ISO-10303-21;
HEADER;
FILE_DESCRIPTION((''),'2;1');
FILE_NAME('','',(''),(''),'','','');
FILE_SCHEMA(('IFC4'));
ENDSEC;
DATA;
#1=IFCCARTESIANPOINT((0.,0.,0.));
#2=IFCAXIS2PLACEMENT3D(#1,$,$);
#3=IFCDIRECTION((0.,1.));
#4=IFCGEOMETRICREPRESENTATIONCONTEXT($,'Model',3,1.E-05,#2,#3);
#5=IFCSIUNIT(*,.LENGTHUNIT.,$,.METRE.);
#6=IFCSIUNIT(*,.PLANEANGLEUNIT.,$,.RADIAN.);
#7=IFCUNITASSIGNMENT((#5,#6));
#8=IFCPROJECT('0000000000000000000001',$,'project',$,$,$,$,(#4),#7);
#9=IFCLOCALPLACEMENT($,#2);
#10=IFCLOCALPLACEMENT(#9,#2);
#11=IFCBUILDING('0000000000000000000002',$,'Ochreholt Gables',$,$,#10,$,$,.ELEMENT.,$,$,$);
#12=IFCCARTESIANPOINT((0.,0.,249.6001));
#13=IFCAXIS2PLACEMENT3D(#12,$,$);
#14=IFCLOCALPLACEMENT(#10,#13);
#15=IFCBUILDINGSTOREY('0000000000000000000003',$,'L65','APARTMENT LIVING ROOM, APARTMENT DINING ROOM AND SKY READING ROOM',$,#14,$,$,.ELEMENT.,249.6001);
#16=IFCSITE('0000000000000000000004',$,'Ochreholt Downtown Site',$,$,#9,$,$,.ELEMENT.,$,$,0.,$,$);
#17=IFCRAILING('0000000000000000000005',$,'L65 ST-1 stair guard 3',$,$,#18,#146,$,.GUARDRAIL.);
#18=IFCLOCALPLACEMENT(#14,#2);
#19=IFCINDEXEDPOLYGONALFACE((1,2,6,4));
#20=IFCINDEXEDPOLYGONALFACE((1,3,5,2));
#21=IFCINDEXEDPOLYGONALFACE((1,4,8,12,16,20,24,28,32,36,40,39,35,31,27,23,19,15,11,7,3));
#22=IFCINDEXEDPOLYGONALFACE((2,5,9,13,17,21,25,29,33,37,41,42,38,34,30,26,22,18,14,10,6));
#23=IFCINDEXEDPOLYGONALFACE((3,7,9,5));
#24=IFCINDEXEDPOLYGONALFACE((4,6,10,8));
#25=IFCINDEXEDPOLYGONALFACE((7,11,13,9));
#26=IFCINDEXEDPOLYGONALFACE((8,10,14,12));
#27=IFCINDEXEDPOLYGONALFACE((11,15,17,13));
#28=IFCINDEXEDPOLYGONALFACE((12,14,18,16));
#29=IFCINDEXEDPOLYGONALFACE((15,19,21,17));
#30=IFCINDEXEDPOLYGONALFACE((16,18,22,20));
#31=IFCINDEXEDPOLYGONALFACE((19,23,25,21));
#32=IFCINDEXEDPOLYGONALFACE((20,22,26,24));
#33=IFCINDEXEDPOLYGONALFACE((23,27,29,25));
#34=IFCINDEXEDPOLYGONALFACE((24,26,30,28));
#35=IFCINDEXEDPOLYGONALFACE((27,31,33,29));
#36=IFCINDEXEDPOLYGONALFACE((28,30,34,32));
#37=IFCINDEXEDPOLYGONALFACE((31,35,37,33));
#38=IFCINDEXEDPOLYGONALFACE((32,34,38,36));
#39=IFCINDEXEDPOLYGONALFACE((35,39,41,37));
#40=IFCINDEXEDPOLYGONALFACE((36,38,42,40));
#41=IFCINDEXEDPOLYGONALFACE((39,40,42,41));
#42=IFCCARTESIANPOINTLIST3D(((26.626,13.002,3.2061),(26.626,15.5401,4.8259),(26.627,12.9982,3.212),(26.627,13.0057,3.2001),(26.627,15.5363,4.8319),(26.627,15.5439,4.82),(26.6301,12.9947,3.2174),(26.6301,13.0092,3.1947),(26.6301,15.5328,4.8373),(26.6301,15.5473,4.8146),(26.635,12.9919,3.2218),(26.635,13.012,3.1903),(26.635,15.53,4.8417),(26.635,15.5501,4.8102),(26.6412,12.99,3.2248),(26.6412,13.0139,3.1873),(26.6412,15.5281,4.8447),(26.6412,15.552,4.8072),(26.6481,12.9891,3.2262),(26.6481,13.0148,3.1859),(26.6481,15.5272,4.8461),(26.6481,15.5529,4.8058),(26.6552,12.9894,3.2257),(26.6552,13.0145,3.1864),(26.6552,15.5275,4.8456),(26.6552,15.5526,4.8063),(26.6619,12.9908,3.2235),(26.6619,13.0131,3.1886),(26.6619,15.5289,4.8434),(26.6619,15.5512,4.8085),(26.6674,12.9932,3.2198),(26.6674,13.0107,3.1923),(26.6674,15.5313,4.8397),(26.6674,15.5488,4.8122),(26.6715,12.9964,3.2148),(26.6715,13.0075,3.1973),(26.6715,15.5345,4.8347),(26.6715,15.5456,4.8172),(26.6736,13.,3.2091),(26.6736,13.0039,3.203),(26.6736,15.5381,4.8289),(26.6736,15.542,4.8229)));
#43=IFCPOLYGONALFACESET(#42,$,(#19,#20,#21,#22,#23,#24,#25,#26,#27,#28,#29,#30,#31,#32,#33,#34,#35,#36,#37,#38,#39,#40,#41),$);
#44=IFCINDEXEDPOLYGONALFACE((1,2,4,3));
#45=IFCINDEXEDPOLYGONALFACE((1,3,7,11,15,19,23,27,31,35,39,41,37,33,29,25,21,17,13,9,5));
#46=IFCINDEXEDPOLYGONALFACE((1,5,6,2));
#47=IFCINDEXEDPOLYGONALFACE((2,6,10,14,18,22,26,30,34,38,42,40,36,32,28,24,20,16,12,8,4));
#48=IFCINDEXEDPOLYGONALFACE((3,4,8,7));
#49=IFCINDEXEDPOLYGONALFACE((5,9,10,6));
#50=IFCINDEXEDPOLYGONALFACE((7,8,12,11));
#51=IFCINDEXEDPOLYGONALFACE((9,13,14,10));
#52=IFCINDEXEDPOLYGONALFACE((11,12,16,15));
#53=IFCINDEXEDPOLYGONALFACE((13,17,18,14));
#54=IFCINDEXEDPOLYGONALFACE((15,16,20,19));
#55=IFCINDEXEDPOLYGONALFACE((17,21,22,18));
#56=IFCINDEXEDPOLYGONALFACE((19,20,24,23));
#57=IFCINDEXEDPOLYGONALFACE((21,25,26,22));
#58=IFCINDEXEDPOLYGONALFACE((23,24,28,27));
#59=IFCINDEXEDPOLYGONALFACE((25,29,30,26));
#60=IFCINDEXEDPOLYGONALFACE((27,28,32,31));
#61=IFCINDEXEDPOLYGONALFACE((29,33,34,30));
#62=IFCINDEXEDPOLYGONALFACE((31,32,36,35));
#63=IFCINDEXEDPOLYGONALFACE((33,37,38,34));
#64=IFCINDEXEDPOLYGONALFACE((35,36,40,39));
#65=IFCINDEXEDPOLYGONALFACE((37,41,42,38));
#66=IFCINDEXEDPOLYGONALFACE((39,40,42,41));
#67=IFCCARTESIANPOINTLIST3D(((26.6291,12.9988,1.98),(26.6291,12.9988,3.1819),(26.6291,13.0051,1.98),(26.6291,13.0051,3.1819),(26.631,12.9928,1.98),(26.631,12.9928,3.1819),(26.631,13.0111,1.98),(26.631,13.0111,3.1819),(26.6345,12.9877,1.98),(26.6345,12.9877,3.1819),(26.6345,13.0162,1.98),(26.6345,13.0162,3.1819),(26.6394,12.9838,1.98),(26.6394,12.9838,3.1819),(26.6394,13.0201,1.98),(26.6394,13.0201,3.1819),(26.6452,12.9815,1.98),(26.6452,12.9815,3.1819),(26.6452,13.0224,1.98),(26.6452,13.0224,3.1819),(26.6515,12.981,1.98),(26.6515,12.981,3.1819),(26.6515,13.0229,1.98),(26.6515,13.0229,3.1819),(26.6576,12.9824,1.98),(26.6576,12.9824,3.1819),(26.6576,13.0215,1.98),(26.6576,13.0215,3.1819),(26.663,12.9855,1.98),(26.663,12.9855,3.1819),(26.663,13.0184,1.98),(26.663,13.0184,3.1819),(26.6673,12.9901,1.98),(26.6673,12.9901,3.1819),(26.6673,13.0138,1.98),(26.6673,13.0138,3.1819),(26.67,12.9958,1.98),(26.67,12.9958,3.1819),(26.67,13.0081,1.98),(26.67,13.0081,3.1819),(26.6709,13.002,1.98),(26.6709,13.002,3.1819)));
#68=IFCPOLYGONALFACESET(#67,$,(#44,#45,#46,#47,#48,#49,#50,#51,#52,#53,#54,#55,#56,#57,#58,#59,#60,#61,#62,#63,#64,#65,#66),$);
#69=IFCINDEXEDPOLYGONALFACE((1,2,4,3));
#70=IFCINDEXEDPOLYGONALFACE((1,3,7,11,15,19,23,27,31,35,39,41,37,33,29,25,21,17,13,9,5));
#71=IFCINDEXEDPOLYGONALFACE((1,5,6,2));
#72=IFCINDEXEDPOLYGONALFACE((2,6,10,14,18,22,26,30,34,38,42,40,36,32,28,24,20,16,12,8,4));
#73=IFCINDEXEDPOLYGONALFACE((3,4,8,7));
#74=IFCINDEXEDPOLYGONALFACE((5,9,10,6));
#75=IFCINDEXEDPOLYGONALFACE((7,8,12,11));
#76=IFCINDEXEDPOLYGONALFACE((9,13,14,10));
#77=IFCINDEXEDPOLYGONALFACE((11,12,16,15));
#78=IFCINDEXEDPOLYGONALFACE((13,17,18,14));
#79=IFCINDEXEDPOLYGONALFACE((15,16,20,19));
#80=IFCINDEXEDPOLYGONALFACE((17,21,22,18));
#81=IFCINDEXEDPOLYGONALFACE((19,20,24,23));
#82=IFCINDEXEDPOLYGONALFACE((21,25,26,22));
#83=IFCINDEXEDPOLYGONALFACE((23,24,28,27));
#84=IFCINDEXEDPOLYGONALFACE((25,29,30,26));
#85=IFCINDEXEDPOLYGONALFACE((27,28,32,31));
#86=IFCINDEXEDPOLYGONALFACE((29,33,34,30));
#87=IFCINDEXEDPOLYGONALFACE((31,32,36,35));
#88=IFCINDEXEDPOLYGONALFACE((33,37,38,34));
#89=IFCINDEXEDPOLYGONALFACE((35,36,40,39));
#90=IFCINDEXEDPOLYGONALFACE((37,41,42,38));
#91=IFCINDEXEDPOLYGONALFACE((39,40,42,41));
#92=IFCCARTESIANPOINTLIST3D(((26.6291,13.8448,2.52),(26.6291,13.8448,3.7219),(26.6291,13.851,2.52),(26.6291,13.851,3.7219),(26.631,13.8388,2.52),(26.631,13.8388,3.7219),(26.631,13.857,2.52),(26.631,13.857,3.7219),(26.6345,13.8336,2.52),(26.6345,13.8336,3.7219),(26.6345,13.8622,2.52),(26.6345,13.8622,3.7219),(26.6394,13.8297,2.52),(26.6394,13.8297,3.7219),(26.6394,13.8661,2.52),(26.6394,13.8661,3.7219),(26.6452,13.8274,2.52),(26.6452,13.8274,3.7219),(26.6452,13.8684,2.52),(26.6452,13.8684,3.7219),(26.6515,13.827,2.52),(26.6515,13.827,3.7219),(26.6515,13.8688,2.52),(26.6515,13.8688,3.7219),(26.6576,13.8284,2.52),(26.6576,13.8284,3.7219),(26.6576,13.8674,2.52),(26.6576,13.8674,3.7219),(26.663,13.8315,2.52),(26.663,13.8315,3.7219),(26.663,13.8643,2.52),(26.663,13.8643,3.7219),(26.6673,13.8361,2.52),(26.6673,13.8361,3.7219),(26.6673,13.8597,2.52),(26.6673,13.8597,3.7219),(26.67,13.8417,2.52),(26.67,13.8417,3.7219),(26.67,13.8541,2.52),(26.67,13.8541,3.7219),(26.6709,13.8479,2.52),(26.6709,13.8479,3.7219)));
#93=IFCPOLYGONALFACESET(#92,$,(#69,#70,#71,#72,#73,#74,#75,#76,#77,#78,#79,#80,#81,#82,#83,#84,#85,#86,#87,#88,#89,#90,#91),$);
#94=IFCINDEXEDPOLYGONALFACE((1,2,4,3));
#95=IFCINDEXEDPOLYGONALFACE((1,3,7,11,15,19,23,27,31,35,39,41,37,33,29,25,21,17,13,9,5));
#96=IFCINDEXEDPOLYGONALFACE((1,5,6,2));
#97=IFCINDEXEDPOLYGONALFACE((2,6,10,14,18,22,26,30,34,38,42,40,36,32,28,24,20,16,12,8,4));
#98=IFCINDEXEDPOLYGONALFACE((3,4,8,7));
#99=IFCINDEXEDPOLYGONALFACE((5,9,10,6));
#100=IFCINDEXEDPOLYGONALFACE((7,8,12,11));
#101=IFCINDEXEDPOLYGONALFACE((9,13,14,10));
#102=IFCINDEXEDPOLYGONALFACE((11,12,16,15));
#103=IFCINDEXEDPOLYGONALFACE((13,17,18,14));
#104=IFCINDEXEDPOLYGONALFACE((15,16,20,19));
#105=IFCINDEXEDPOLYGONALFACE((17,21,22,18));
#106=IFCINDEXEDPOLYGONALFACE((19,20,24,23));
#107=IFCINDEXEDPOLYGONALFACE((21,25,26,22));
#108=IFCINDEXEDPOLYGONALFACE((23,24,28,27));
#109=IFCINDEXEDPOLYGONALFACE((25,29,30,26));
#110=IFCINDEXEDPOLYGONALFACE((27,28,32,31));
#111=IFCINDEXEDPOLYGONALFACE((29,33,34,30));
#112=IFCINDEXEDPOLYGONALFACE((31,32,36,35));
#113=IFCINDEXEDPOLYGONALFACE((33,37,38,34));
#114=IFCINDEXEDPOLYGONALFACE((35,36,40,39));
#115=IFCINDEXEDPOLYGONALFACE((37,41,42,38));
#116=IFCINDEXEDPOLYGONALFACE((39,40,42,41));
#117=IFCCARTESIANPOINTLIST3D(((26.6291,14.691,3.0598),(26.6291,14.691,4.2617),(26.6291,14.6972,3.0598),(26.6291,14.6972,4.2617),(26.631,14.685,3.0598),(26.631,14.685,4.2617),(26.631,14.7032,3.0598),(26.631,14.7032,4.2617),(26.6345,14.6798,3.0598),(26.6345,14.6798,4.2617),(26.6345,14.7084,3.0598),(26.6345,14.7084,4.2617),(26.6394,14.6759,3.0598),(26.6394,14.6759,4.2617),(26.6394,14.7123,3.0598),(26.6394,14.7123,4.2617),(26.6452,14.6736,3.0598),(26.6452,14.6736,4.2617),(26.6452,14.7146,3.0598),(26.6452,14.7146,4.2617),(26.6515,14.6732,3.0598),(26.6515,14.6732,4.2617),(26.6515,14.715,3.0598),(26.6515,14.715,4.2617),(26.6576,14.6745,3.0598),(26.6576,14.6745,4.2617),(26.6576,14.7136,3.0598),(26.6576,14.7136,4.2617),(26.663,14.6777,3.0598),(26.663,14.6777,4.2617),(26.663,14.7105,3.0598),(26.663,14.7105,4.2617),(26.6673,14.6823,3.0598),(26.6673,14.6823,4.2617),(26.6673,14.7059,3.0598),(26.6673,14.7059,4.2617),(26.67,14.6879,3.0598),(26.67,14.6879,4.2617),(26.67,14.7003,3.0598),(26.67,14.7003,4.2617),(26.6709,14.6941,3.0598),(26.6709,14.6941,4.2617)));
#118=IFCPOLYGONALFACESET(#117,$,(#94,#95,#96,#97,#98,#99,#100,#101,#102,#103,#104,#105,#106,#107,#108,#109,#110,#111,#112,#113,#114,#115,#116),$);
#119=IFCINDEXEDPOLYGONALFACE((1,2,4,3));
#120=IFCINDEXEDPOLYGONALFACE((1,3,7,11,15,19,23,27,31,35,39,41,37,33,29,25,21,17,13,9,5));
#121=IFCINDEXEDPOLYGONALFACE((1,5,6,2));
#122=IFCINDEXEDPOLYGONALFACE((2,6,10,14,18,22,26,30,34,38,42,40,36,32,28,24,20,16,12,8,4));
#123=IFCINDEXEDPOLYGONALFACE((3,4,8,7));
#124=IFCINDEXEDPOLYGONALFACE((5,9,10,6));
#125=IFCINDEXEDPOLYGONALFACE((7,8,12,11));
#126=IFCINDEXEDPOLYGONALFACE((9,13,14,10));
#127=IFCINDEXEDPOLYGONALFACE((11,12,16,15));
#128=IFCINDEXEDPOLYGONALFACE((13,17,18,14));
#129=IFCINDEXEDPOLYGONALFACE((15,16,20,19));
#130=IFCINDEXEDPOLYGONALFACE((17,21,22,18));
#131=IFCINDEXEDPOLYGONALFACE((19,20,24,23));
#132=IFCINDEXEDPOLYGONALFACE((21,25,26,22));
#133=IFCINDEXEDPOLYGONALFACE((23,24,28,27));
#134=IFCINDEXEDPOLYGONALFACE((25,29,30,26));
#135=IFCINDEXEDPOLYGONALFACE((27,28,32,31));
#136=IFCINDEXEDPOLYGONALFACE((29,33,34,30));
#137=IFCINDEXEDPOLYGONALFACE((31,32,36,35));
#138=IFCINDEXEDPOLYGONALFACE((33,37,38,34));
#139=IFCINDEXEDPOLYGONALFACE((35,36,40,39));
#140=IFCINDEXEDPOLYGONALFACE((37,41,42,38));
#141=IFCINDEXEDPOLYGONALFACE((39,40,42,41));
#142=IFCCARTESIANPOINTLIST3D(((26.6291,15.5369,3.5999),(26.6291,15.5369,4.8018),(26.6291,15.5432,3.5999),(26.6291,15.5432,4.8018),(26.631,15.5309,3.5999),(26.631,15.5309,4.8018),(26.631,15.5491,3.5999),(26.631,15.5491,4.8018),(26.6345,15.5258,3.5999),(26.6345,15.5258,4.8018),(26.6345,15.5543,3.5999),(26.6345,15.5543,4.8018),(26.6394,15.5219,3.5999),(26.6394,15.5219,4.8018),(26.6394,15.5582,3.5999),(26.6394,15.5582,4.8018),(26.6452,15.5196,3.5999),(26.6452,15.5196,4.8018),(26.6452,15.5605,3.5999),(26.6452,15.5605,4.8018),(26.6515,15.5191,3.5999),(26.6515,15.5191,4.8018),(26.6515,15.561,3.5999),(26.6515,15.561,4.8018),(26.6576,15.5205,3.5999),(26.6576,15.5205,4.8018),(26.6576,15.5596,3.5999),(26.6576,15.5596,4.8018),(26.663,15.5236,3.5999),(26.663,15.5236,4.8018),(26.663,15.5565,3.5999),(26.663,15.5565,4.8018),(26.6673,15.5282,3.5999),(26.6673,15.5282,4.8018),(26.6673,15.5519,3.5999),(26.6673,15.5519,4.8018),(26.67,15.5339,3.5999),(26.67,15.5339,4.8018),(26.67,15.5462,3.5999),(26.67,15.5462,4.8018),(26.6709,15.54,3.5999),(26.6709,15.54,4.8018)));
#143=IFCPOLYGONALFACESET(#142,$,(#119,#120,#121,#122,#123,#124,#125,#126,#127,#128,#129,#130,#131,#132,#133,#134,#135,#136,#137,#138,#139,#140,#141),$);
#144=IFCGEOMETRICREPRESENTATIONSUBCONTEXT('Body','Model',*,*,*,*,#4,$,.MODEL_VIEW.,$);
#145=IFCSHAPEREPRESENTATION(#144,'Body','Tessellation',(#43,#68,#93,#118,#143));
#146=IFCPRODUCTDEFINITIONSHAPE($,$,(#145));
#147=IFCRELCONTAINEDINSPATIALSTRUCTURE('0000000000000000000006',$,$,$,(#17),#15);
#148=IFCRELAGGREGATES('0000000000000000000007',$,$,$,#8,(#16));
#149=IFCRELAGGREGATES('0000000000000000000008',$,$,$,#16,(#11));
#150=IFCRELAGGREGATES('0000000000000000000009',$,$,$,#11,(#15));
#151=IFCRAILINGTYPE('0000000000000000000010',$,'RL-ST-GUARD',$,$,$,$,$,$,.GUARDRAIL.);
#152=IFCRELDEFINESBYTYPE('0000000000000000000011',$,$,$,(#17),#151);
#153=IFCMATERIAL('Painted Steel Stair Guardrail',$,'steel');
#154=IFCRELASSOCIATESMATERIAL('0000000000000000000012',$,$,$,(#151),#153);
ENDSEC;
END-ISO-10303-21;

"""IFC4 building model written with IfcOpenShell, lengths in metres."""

from ifc_helpers import new_model, si_unit, direction, frame, origin, origin_2d, place, context, subcontext, project, spatial, circle, extrude, material, type_object, element, save


model = new_model("IFC4")

# Units and contexts
model_context = context("Model", 3, precision=1e-05, world=origin(), true_north=direction((0.0, 1.0)))
body_context = subcontext(model_context, "Body", "Model", "MODEL_VIEW")
ifc_project = project(units=[si_unit("LENGTHUNIT", "METRE"), si_unit("PLANEANGLEUNIT", "RADIAN")], contexts=[model_context])

# Site, building, storey
site_placement = place(None, origin())
site = spatial("IfcSite", under=ifc_project, at=site_placement, Name="Ochreholt Downtown Site", CompositionType="ELEMENT", RefElevation=0.0)
building_placement = place(site_placement, origin())
building = spatial("IfcBuilding", under=site, at=building_placement, Name="Ochreholt Gables", CompositionType="ELEMENT")
storey_placement = place(building_placement, frame((0.0, 0.0, 249.6001)))
storey = spatial("IfcBuildingStorey", under=building, at=storey_placement, Name="L65", Description="APARTMENT LIVING ROOM, APARTMENT DINING ROOM AND SKY READING ROOM", CompositionType="ELEMENT", Elevation=249.6001)

# Railing
ifc_material_1 = material(Name="Painted Steel Stair Guardrail", Category="steel")
railing_type_1 = type_object("IfcRailingType", Name="RL-ST-GUARD", PredefinedType="GUARDRAIL", material=ifc_material_1)
railing_1_placement = place(storey_placement, frame((26.6499, 13.002, 1.98)))
element("IfcRailing", 1, at=railing_1_placement, inside=storey, type_object=railing_type_1, Name="L65 ST-1 stair guard 3", PredefinedType="GUARDRAIL", context=body_context, shape_type="SweptSolid", body=[
    extrude(circle(Radius=0.0239, at=origin_2d()), frame((0.0, 0.0, 1.2261), z_axis=(0.0, 0.84295, 0.537993), x_axis=(-1.0, 0.0, 0.0)), (0.0, 0.0, 1.0), 3.011),
    extrude(circle(Radius=0.021, at=origin_2d()), origin(), (0.0, 0.0, 1.0), 1.2019),
    extrude(circle(Radius=0.021, at=origin_2d()), frame((0.0, 0.8459, 0.54)), (0.0, 0.0, 1.0), 1.2019),
    extrude(circle(Radius=0.021, at=origin_2d()), frame((0.0, 1.6921, 1.0798)), (0.0, 0.0, 1.0), 1.2019),
    extrude(circle(Radius=0.021, at=origin_2d()), frame((0.0, 2.5381, 1.6199)), (0.0, 0.0, 1.0), 1.2019),
])

save(model, "model.ifc")
